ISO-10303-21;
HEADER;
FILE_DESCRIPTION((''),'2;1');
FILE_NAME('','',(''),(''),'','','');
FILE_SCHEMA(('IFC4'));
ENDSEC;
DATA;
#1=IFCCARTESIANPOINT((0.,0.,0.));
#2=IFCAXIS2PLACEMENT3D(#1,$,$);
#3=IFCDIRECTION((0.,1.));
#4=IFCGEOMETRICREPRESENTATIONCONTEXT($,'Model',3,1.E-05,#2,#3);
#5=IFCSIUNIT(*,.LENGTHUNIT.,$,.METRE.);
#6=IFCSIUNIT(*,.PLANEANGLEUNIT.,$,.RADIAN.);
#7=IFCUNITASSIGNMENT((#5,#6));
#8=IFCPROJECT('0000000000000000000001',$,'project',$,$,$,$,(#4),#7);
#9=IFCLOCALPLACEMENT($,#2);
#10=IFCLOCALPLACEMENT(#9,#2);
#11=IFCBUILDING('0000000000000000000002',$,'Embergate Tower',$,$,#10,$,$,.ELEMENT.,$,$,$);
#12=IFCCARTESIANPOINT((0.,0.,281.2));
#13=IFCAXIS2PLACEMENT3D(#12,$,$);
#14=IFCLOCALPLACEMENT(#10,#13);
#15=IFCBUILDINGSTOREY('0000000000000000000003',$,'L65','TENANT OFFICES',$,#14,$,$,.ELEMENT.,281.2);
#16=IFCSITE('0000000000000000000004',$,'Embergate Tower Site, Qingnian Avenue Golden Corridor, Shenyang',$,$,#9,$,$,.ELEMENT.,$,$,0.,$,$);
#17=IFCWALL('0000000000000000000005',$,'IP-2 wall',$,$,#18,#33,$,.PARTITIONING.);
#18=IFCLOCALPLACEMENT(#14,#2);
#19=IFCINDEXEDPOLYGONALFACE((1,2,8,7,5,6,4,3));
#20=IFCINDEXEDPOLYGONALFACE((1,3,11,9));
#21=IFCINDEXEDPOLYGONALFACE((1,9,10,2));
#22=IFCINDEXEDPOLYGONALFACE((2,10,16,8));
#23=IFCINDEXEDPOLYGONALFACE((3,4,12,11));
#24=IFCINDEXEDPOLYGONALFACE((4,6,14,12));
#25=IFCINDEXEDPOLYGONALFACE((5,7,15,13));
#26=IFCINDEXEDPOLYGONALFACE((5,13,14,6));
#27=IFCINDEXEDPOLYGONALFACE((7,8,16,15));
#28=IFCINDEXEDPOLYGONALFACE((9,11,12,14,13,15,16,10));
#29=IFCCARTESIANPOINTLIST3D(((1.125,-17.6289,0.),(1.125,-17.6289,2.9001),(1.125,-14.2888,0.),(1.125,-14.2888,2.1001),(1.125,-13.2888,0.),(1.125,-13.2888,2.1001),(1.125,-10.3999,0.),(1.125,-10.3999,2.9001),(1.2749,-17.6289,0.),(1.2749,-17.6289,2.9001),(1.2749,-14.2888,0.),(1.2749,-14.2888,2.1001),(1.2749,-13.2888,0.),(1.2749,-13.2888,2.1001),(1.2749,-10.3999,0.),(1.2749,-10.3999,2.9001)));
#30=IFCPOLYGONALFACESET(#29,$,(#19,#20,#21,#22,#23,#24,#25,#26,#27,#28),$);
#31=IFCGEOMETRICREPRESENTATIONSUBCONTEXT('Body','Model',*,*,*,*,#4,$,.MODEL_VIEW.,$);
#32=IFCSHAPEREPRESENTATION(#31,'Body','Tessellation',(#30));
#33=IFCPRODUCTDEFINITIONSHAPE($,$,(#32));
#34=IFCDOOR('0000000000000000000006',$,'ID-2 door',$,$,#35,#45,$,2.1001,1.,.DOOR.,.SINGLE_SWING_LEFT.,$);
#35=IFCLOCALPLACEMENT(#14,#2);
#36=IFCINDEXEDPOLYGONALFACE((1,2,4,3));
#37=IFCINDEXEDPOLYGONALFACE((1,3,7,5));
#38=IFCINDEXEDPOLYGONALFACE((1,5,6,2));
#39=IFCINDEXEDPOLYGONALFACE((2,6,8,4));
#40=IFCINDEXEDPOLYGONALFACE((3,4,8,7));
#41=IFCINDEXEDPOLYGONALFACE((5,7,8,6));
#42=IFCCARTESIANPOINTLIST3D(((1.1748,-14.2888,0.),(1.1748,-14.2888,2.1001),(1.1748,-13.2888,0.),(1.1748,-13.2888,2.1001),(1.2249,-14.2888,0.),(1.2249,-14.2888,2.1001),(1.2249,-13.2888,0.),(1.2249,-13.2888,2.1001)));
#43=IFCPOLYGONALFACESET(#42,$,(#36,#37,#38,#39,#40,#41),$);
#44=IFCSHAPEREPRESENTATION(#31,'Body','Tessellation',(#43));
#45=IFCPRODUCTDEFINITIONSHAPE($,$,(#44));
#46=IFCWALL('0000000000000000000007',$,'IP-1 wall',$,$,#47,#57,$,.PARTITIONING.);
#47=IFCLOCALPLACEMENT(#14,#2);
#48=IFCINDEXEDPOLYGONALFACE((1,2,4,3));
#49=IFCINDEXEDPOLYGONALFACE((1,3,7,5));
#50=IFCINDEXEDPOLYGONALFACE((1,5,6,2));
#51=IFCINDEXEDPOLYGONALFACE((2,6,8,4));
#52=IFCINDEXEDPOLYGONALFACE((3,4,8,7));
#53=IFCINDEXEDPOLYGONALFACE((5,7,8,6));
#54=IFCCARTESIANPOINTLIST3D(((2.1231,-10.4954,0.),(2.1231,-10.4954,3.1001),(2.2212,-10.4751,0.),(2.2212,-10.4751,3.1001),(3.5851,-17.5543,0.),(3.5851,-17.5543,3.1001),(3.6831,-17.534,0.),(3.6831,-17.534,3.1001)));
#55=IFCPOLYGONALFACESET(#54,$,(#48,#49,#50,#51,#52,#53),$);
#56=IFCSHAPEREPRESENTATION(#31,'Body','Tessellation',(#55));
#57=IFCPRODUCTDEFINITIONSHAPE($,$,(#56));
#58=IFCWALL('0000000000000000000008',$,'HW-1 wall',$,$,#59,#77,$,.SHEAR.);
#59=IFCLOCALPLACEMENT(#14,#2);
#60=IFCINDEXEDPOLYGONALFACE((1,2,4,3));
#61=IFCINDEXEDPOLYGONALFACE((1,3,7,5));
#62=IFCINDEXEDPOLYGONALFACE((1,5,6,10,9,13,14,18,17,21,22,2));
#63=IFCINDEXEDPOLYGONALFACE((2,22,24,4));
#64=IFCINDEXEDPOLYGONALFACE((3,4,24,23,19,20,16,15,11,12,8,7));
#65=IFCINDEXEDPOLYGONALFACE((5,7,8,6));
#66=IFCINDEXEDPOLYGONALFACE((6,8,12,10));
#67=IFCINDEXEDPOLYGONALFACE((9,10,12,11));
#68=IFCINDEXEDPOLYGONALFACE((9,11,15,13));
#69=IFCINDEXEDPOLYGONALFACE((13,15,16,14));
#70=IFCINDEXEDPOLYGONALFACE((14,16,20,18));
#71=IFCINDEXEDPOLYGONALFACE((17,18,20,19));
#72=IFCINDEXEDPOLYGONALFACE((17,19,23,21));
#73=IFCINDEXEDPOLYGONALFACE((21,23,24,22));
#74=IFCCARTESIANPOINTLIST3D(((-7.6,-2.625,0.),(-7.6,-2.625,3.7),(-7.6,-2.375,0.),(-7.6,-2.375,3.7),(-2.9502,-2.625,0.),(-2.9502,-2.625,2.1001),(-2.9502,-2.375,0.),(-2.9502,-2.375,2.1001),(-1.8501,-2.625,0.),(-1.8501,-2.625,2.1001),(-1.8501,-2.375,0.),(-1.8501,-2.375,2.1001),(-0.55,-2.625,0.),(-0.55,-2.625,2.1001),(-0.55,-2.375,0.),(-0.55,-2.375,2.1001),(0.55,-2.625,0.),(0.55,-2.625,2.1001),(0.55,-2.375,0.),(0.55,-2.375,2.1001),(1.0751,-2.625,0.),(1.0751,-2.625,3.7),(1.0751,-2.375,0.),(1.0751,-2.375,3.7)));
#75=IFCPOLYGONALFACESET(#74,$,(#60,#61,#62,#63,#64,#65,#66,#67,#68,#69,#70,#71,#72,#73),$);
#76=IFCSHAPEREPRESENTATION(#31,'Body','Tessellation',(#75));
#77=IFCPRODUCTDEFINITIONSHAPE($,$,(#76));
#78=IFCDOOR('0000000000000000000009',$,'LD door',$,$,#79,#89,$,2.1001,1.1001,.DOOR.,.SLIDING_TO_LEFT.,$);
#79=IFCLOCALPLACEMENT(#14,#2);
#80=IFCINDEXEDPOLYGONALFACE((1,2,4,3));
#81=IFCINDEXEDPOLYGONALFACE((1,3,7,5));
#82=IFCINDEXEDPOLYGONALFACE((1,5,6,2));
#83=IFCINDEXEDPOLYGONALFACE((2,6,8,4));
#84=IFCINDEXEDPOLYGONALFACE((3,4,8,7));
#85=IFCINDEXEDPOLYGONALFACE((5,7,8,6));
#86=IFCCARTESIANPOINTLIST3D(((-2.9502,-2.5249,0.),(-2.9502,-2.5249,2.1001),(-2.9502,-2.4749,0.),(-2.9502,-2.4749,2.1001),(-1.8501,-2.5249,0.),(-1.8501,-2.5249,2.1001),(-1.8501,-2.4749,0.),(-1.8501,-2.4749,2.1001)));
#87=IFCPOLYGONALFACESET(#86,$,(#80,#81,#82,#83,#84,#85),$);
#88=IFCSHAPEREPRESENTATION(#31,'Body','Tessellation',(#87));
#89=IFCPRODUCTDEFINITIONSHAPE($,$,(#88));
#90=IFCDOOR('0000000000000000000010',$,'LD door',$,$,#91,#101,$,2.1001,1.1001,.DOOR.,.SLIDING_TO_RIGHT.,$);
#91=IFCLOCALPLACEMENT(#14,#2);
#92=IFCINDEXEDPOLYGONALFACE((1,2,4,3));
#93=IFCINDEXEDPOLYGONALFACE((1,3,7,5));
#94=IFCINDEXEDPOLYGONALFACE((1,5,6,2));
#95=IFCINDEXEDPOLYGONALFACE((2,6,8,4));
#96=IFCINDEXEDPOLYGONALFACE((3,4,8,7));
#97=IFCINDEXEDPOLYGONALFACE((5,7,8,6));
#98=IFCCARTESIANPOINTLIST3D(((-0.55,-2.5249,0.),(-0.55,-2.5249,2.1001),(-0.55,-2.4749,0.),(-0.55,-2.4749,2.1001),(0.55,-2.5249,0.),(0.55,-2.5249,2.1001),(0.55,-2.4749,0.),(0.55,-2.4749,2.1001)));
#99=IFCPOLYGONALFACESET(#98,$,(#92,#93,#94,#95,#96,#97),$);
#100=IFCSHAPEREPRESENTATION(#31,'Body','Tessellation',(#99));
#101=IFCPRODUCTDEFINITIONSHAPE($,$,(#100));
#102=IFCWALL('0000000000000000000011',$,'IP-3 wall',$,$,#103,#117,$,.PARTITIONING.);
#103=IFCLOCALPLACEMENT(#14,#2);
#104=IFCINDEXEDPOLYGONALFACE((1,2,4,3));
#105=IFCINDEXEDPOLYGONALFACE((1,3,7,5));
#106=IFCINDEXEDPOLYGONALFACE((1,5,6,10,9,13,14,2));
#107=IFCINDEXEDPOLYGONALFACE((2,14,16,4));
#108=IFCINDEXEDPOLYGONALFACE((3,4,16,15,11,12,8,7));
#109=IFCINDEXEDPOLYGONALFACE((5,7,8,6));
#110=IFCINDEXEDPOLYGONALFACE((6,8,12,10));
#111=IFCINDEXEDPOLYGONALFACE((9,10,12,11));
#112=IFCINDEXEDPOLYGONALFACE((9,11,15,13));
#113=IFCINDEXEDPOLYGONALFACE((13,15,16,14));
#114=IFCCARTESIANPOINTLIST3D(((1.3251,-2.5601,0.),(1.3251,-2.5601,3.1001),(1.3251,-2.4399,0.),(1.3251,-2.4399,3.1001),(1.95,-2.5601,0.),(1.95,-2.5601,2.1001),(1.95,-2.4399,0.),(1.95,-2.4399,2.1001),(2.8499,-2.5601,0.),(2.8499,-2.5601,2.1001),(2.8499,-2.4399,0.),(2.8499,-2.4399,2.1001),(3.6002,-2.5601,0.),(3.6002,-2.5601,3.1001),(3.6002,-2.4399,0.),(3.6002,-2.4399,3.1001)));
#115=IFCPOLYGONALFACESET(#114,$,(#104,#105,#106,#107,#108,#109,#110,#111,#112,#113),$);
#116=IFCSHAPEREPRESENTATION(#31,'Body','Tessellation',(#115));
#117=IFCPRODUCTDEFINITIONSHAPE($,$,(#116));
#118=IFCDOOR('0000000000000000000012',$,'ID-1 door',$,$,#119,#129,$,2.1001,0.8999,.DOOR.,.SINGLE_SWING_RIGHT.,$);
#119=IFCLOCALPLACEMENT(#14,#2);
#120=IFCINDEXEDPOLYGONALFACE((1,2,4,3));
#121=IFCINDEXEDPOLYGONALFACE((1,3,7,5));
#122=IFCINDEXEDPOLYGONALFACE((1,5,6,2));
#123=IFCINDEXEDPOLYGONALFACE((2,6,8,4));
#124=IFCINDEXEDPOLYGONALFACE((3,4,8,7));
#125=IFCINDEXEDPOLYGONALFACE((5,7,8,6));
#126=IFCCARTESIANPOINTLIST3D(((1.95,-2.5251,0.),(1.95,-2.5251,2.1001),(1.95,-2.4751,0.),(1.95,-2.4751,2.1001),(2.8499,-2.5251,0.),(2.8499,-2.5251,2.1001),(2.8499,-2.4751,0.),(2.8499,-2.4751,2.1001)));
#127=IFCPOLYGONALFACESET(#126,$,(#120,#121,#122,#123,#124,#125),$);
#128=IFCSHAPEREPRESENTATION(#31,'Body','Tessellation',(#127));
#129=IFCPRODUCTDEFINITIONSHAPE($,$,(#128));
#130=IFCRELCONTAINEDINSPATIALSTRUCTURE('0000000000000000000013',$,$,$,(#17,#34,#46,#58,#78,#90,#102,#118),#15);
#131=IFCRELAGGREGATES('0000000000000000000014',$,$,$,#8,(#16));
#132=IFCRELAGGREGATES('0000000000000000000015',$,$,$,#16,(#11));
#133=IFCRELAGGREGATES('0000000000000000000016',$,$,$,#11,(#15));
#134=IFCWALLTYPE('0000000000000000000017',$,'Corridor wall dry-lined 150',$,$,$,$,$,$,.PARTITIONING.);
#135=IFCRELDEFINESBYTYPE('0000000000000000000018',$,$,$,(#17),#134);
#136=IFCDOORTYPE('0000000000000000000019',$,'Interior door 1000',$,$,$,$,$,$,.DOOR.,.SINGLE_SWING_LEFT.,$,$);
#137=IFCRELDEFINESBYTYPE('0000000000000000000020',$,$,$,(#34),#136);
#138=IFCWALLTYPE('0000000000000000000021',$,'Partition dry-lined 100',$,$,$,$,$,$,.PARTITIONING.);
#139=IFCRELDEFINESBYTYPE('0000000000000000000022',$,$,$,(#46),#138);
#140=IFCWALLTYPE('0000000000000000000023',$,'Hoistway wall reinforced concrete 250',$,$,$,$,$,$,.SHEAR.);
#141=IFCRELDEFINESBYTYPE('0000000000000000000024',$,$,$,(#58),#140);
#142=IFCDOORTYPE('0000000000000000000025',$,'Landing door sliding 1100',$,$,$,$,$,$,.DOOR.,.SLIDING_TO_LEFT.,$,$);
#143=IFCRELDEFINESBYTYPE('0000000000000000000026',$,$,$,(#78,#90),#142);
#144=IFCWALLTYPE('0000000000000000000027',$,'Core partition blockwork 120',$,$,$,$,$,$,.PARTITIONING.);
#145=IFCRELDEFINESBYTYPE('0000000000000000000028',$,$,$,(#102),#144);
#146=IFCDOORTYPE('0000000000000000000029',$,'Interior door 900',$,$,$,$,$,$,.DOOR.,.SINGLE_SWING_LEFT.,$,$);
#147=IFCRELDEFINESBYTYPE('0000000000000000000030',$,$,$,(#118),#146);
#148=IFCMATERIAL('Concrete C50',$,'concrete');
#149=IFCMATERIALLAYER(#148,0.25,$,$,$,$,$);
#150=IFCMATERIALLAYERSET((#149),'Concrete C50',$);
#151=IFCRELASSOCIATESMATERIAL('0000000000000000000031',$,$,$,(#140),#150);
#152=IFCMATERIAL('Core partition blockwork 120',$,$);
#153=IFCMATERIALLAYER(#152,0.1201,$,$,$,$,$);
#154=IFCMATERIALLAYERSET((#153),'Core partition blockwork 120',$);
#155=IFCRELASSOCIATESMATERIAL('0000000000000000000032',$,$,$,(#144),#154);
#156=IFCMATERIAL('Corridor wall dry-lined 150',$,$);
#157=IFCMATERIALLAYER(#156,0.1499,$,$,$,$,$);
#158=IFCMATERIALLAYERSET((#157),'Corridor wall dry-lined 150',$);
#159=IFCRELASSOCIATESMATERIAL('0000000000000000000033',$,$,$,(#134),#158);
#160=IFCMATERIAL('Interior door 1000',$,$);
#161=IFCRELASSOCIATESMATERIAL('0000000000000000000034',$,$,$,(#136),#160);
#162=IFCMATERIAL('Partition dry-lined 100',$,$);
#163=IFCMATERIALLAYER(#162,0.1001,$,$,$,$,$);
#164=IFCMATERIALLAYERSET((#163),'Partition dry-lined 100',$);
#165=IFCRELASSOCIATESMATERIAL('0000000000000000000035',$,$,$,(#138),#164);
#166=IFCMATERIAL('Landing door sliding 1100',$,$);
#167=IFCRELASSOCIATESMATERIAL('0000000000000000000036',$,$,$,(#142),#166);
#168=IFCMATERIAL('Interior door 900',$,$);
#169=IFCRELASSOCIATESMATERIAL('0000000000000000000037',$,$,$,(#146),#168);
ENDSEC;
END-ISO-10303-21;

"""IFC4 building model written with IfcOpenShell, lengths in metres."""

from ifc_helpers import new_model, si_unit, direction, frame, frame_2d, origin, place, context, subcontext, project, spatial, rectangle, extrude, source, transform, mapped, material, layer, layer_set, type_object, element, fill, save


model = new_model("IFC4")

# Units and contexts
model_context = context("Model", 3, precision=1e-05, world=origin(), true_north=direction((0.0, 1.0)))
body_context = subcontext(model_context, "Body", "Model", "MODEL_VIEW")
ifc_project = project(units=[si_unit("LENGTHUNIT", "METRE"), si_unit("PLANEANGLEUNIT", "RADIAN")], contexts=[model_context])

# Site, building, storey
site_placement = place(None, origin())
site = spatial("IfcSite", under=ifc_project, at=site_placement, Name="Embergate Tower Site, Qingnian Avenue Golden Corridor, Shenyang", CompositionType="ELEMENT", RefElevation=0.0)
building_placement = place(site_placement, origin())
building = spatial("IfcBuilding", under=site, at=building_placement, Name="Embergate Tower", CompositionType="ELEMENT")
storey_placement = place(building_placement, frame((0.0, 0.0, 281.2)))
storey = spatial("IfcBuildingStorey", under=building, at=storey_placement, Name="L65", Description="TENANT OFFICES", CompositionType="ELEMENT", Elevation=281.2)

# Shared definitions
ifc_material_1 = material(Name="Concrete C50", Category="concrete")
ifc_layer_1 = layer(ifc_material_1, 0.25)
ifc_layer_set_1 = layer_set([ifc_layer_1], Name="Concrete C50")
wall_type_1 = type_object("IfcWallType", Name="Hoistway wall reinforced concrete 250", PredefinedType="SHEAR", material=ifc_layer_set_1)

# Shared definitions
ifc_material_2 = material(Name="Core partition blockwork 120")
ifc_layer_2 = layer(ifc_material_2, 0.1201)
ifc_layer_set_2 = layer_set([ifc_layer_2], Name="Core partition blockwork 120")
wall_type_2 = type_object("IfcWallType", Name="Core partition blockwork 120", PredefinedType="PARTITIONING", material=ifc_layer_set_2)

# Wall, opening, door
ifc_material_3 = material(Name="Corridor wall dry-lined 150")
ifc_layer_3 = layer(ifc_material_3, 0.1499)
ifc_layer_set_3 = layer_set([ifc_layer_3], Name="Corridor wall dry-lined 150")
wall_type_3 = type_object("IfcWallType", Name="Corridor wall dry-lined 150", PredefinedType="PARTITIONING", material=ifc_layer_set_3)
shared_shape_1 = source(origin(), body_context, "Body", "SweptSolid", [
    extrude(rectangle(XDim=7.229, YDim=0.1499, at=frame_2d((3.6145, 0.0))), origin(), (0.0, 0.0, 1.0), 2.9001),
])
wall_1_placement = place(storey_placement, frame((1.2, -10.3999, 0.0), z_axis=(0.0, 0.0, 1.0), x_axis=(0.0, -1.0, 0.0)))
wall_1 = element("IfcWall", 1, at=wall_1_placement, inside=storey, type_object=wall_type_3, Name="IP-2 wall", PredefinedType="PARTITIONING", context=body_context, shape_type="MappedRepresentation", body=[
    mapped(shared_shape_1, transform((0.0, 0.0, 0.0))),
])
shared_shape_2 = source(origin(), body_context, "Body", "SweptSolid", [
    extrude(rectangle(XDim=1.0, YDim=2.1001, at=frame_2d((0.5, 1.05))), frame((0.0, 0.085, 0.0), z_axis=(0.0, -1.0, 0.0), x_axis=(1.0, 0.0, 0.0)), (0.0, 0.0, 1.0), 0.1699),
])
opening_1_placement = place(wall_1_placement, frame((2.8889, 0.0, 0.0)))
opening_1 = element("IfcOpeningElement", 2, at=opening_1_placement, cuts=wall_1, PredefinedType="OPENING", context=body_context, shape_type="MappedRepresentation", body=[
    mapped(shared_shape_2, transform((0.0, 0.0, 0.0))),
])
ifc_material_4 = material(Name="Interior door 1000")
door_type_1 = type_object("IfcDoorType", Name="Interior door 1000", OperationType="SINGLE_SWING_LEFT", PredefinedType="DOOR", material=ifc_material_4)
shared_shape_3 = source(origin(), body_context, "Body", "SweptSolid", [
    extrude(rectangle(XDim=1.0, YDim=2.1001, at=frame_2d((0.5, 1.05))), frame((0.0, 0.0249, 0.0), z_axis=(0.0, -1.0, 0.0), x_axis=(1.0, 0.0, 0.0)), (0.0, 0.0, 1.0), 0.05),
])
door_1_placement = place(opening_1_placement, origin())
door_1 = element("IfcDoor", 3, at=door_1_placement, inside=storey, type_object=door_type_1, Name="ID-2 door", OperationType="SINGLE_SWING_LEFT", OverallHeight=2.1001, OverallWidth=1.0, PredefinedType="DOOR", context=body_context, shape_type="MappedRepresentation", body=[
    mapped(shared_shape_3, transform((0.0, 0.0, 0.0))),
])
fill(opening_1, door_1)

# Wall
ifc_material_5 = material(Name="Partition dry-lined 100")
ifc_layer_4 = layer(ifc_material_5, 0.1001)
ifc_layer_set_4 = layer_set([ifc_layer_4], Name="Partition dry-lined 100")
wall_type_4 = type_object("IfcWallType", Name="Partition dry-lined 100", PredefinedType="PARTITIONING", material=ifc_layer_set_4)
shared_shape_4 = source(origin(), body_context, "Body", "SweptSolid", [
    extrude(rectangle(XDim=7.2087, YDim=0.1001, at=frame_2d((3.6045, 0.0))), origin(), (0.0, 0.0, 1.0), 3.1001),
])
wall_2_placement = place(storey_placement, frame((2.1721, -10.4851, 0.0), z_axis=(0.0, 0.0, 1.0), x_axis=(0.2028, -0.97922, 0.0)))
element("IfcWall", 4, at=wall_2_placement, inside=storey, type_object=wall_type_4, Name="IP-1 wall", PredefinedType="PARTITIONING", context=body_context, shape_type="MappedRepresentation", body=[
    mapped(shared_shape_4, transform((0.0, 0.0, 0.0))),
])

# Wall, openings, doors
shared_shape_5 = source(origin(), body_context, "Body", "SweptSolid", [
    extrude(rectangle(XDim=8.675, YDim=0.25, at=frame_2d((4.3374, 0.0))), origin(), (0.0, 0.0, 1.0), 3.7),
])
wall_3_placement = place(storey_placement, frame((1.075, -2.5, 0.0), z_axis=(0.0, 0.0, 1.0), x_axis=(-1.0, 0.0, 0.0)))
wall_3 = element("IfcWall", 5, at=wall_3_placement, inside=storey, type_object=wall_type_1, Name="HW-1 wall", PredefinedType="SHEAR", context=body_context, shape_type="MappedRepresentation", body=[
    mapped(shared_shape_5, transform((0.0, 0.0, 0.0))),
])
shared_shape_6 = source(origin(), body_context, "Body", "SweptSolid", [
    extrude(rectangle(XDim=1.1001, YDim=2.1001, at=frame_2d((0.55, 1.05))), frame((0.0, 0.135, 0.0), z_axis=(0.0, -1.0, 0.0), x_axis=(1.0, 0.0, 0.0)), (0.0, 0.0, 1.0), 0.27),
])
opening_2_placement = place(wall_3_placement, frame((2.925, 0.0, 0.0)))
opening_2 = element("IfcOpeningElement", 6, at=opening_2_placement, cuts=wall_3, PredefinedType="OPENING", context=body_context, shape_type="MappedRepresentation", body=[
    mapped(shared_shape_6, transform((0.0, 0.0, 0.0))),
])
opening_3_placement = place(wall_3_placement, frame((0.5249, 0.0, 0.0)))
opening_3 = element("IfcOpeningElement", 7, at=opening_3_placement, cuts=wall_3, PredefinedType="OPENING", context=body_context, shape_type="MappedRepresentation", body=[
    mapped(shared_shape_6, transform((0.0, 0.0, 0.0))),
])
ifc_material_6 = material(Name="Landing door sliding 1100")
door_type_2 = type_object("IfcDoorType", Name="Landing door sliding 1100", OperationType="SLIDING_TO_LEFT", PredefinedType="DOOR", material=ifc_material_6)
shared_shape_7 = source(origin(), body_context, "Body", "SweptSolid", [
    extrude(rectangle(XDim=1.1001, YDim=2.1001, at=frame_2d((0.55, 1.05))), frame((0.0, 0.0249, 0.0), z_axis=(0.0, -1.0, 0.0), x_axis=(1.0, 0.0, 0.0)), (0.0, 0.0, 1.0), 0.05),
])
door_2_placement = place(opening_2_placement, origin())
door_2 = element("IfcDoor", 8, at=door_2_placement, inside=storey, type_object=door_type_2, Name="LD door", OperationType="SLIDING_TO_LEFT", OverallHeight=2.1001, OverallWidth=1.1001, PredefinedType="DOOR", context=body_context, shape_type="MappedRepresentation", body=[
    mapped(shared_shape_7, transform((0.0, 0.0, 0.0))),
])
fill(opening_2, door_2)
door_3_placement = place(opening_3_placement, origin())
door_3 = element("IfcDoor", 9, at=door_3_placement, inside=storey, type_object=door_type_2, Name="LD door", OperationType="SLIDING_TO_RIGHT", OverallHeight=2.1001, OverallWidth=1.1001, PredefinedType="DOOR", context=body_context, shape_type="MappedRepresentation", body=[
    mapped(shared_shape_7, transform((0.0, 0.0, 0.0))),
])
fill(opening_3, door_3)

# Wall, opening, door
shared_shape_8 = source(origin(), body_context, "Body", "SweptSolid", [
    extrude(rectangle(XDim=2.2751, YDim=0.1201, at=frame_2d((1.1377, 0.0))), origin(), (0.0, 0.0, 1.0), 3.1001),
])
wall_4_placement = place(storey_placement, frame((1.325, -2.5, 0.0), z_axis=(0.0, 0.0, 1.0), x_axis=(1.0, 0.0, 0.0)))
wall_4 = element("IfcWall", 10, at=wall_4_placement, inside=storey, type_object=wall_type_2, Name="IP-3 wall", PredefinedType="PARTITIONING", context=body_context, shape_type="MappedRepresentation", body=[
    mapped(shared_shape_8, transform((0.0, 0.0, 0.0))),
])
shared_shape_9 = source(origin(), body_context, "Body", "SweptSolid", [
    extrude(rectangle(XDim=0.8999, YDim=2.1001, at=frame_2d((0.45, 1.05))), frame((0.0, 0.0701, 0.0), z_axis=(0.0, -1.0, 0.0), x_axis=(1.0, 0.0, 0.0)), (0.0, 0.0, 1.0), 0.1401),
])
opening_4_placement = place(wall_4_placement, frame((0.625, 0.0, 0.0)))
opening_4 = element("IfcOpeningElement", 11, at=opening_4_placement, cuts=wall_4, PredefinedType="OPENING", context=body_context, shape_type="MappedRepresentation", body=[
    mapped(shared_shape_9, transform((0.0, 0.0, 0.0))),
])
ifc_material_7 = material(Name="Interior door 900")
door_type_3 = type_object("IfcDoorType", Name="Interior door 900", OperationType="SINGLE_SWING_LEFT", PredefinedType="DOOR", material=ifc_material_7)
shared_shape_10 = source(origin(), body_context, "Body", "SweptSolid", [
    extrude(rectangle(XDim=0.8999, YDim=2.1001, at=frame_2d((0.45, 1.05))), frame((0.0, 0.0249, 0.0), z_axis=(0.0, -1.0, 0.0), x_axis=(1.0, 0.0, 0.0)), (0.0, 0.0, 1.0), 0.05),
])
door_4_placement = place(opening_4_placement, origin())
door_4 = element("IfcDoor", 12, at=door_4_placement, inside=storey, type_object=door_type_3, Name="ID-1 door", OperationType="SINGLE_SWING_RIGHT", OverallHeight=2.1001, OverallWidth=0.8999, PredefinedType="DOOR", context=body_context, shape_type="MappedRepresentation", body=[
    mapped(shared_shape_10, transform((0.0, 0.0, 0.0))),
])
fill(opening_4, door_4)

save(model, "model.ifc")
